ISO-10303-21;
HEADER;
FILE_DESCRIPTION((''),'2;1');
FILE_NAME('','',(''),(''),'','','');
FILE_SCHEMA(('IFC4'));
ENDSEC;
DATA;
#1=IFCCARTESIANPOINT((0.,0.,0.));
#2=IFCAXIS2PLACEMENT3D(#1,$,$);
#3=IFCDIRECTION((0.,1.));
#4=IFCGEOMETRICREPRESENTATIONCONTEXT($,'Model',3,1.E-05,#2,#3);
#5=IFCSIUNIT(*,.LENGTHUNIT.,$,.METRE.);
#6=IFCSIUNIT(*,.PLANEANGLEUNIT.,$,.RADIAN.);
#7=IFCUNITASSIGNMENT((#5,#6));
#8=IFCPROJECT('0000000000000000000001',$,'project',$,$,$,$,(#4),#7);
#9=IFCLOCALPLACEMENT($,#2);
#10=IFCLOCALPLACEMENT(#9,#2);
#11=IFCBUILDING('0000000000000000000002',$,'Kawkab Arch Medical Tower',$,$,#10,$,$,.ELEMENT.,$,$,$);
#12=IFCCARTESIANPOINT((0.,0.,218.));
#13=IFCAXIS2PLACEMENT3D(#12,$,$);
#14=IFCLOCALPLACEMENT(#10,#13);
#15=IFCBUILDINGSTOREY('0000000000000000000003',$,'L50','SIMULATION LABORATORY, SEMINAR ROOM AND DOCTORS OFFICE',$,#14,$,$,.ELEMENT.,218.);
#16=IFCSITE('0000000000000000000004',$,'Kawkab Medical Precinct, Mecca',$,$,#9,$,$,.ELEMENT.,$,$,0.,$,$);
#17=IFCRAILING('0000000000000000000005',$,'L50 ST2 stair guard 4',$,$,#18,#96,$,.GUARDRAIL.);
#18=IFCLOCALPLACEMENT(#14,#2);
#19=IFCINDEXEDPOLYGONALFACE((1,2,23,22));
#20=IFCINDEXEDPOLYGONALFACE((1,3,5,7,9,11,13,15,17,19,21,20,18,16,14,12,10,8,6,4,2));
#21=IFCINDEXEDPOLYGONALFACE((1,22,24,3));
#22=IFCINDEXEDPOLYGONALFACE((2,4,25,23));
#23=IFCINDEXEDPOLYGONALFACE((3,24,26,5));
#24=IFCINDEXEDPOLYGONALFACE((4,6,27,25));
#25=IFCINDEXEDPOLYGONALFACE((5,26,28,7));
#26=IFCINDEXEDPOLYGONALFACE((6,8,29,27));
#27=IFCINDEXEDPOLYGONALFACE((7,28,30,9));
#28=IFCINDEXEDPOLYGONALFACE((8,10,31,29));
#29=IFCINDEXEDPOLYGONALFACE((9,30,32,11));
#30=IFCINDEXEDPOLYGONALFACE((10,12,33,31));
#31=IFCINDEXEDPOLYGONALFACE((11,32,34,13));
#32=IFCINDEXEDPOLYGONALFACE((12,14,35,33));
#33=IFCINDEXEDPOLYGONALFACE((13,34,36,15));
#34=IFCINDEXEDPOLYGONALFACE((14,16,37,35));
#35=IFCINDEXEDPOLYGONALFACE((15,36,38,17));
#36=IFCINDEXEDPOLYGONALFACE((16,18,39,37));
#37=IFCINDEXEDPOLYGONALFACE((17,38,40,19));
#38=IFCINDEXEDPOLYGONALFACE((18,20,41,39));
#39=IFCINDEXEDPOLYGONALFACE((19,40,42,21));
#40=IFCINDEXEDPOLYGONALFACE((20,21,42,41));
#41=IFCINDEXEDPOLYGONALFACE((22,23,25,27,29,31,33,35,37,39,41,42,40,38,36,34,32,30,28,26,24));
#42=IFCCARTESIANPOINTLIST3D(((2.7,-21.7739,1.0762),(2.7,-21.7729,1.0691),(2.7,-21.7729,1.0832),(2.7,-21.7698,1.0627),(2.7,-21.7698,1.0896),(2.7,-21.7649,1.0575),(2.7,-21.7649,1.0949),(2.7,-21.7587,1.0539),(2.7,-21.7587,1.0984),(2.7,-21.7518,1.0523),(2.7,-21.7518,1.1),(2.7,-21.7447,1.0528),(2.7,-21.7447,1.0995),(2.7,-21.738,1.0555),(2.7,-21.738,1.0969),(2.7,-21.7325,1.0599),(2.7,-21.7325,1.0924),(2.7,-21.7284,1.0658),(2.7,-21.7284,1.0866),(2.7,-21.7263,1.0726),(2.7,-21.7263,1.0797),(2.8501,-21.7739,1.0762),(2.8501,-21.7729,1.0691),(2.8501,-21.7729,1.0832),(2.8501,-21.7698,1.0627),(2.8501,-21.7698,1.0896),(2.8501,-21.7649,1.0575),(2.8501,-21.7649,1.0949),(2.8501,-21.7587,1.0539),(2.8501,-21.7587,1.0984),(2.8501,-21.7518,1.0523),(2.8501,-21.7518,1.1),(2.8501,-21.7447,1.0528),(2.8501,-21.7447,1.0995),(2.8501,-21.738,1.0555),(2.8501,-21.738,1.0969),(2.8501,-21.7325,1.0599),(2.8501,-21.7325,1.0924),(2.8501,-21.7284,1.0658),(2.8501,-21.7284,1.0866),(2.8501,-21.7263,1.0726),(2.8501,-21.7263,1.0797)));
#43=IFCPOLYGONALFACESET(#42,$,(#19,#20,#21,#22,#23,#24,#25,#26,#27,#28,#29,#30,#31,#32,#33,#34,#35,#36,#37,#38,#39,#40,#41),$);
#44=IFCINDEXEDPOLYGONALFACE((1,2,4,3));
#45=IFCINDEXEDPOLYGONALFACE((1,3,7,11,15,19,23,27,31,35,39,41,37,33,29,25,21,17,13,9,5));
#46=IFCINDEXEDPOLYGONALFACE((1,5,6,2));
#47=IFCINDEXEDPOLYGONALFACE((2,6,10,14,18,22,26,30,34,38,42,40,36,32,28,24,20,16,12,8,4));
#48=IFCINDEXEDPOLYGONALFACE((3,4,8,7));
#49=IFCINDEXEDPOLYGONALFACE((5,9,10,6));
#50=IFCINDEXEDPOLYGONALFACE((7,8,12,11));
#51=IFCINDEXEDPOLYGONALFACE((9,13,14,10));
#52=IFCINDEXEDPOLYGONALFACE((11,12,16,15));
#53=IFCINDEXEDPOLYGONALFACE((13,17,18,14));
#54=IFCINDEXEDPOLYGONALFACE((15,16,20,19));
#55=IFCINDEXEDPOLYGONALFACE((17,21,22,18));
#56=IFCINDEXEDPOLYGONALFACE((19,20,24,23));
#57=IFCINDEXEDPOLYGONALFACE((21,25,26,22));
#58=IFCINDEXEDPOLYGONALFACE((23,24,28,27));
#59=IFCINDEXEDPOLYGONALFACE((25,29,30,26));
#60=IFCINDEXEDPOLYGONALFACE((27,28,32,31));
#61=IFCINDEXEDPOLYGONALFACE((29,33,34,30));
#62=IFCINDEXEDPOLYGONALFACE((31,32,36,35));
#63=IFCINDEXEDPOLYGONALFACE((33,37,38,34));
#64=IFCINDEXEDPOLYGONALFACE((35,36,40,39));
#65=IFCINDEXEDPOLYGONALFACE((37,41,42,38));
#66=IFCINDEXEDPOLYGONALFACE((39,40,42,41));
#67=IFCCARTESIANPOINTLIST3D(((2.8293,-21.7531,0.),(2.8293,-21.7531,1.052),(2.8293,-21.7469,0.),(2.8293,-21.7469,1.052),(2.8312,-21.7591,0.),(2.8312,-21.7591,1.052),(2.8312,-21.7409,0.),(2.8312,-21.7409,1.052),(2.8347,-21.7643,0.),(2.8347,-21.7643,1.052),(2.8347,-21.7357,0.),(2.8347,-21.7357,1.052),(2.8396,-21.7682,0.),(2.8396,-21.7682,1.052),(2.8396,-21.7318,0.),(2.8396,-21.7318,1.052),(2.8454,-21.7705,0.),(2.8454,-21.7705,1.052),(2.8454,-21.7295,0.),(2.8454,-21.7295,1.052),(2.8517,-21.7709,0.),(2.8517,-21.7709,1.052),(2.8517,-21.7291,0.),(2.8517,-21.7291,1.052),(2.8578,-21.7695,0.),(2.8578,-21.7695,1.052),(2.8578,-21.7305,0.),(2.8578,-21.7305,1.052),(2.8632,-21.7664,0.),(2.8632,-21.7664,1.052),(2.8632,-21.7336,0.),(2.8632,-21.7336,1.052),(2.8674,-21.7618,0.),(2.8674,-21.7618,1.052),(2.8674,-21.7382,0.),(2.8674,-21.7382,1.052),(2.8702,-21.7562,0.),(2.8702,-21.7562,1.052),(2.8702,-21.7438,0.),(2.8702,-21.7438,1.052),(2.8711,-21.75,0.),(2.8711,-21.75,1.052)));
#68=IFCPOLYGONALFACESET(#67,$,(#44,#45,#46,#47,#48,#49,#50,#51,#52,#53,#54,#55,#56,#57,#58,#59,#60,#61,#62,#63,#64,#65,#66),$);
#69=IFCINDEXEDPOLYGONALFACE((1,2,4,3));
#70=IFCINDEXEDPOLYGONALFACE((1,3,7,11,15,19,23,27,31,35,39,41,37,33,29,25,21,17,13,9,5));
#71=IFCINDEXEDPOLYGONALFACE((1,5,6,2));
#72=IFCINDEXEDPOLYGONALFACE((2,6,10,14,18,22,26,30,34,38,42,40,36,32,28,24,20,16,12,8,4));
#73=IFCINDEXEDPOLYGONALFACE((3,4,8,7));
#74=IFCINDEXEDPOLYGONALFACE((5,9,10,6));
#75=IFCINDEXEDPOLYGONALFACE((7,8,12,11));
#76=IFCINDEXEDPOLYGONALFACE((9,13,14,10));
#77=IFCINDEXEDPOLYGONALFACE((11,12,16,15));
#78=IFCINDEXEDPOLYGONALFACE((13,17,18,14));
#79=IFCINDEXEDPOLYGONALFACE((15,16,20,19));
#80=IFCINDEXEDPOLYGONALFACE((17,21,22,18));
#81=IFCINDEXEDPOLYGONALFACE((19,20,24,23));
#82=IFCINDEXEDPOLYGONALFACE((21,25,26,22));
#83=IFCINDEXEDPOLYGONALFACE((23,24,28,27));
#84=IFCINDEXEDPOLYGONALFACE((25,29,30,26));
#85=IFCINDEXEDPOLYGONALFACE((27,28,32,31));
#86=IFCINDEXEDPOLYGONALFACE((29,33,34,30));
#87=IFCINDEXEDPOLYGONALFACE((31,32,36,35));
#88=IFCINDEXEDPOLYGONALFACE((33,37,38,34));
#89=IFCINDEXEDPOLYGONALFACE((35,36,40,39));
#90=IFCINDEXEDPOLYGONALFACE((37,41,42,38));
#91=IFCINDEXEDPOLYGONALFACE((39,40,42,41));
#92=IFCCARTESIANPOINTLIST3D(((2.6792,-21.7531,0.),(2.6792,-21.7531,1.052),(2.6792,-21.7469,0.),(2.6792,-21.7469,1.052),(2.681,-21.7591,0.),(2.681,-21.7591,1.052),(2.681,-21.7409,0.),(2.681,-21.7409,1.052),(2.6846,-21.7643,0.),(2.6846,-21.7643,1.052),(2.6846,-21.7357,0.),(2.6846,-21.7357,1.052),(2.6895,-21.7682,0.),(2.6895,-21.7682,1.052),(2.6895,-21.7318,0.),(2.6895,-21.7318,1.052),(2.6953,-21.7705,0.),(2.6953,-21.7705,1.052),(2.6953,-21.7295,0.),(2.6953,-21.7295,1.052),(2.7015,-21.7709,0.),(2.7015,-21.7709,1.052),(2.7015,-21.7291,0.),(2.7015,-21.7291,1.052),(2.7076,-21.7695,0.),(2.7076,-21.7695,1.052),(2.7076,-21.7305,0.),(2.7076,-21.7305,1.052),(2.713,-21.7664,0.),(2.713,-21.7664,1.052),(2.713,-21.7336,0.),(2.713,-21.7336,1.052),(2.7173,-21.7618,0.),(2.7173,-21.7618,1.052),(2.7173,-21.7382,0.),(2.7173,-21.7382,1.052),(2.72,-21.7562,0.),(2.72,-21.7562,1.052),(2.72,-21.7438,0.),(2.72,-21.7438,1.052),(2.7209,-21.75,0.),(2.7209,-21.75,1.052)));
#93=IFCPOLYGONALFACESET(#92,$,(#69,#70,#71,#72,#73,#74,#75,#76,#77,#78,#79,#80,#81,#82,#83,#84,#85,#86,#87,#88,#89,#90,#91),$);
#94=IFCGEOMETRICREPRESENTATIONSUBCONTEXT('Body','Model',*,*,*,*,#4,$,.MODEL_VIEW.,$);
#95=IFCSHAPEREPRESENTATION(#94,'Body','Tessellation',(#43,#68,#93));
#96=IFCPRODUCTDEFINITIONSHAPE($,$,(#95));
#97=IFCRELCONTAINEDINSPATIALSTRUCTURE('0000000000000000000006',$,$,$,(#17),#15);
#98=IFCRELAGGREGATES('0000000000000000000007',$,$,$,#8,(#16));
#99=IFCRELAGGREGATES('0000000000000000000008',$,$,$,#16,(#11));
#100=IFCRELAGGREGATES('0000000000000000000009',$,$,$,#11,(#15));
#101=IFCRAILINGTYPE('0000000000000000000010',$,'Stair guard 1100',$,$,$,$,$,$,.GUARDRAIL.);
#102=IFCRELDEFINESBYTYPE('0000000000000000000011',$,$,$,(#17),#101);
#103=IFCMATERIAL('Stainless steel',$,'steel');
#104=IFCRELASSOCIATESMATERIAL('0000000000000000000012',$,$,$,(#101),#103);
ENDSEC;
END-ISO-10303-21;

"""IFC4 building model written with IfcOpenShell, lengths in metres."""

from ifc_helpers import new_model, si_unit, direction, frame, origin, origin_2d, place, context, subcontext, project, spatial, circle, extrude, material, type_object, element, save


model = new_model("IFC4")

# Units and contexts
model_context = context("Model", 3, precision=1e-05, world=origin(), true_north=direction((0.0, 1.0)))
body_context = subcontext(model_context, "Body", "Model", "MODEL_VIEW")
ifc_project = project(units=[si_unit("LENGTHUNIT", "METRE"), si_unit("PLANEANGLEUNIT", "RADIAN")], contexts=[model_context])

# Site, building, storey
site_placement = place(None, origin())
site = spatial("IfcSite", under=ifc_project, at=site_placement, Name="Kawkab Medical Precinct, Mecca", CompositionType="ELEMENT", RefElevation=0.0)
building_placement = place(site_placement, origin())
building = spatial("IfcBuilding", under=site, at=building_placement, Name="Kawkab Arch Medical Tower", CompositionType="ELEMENT")
storey_placement = place(building_placement, frame((0.0, 0.0, 218.0)))
storey = spatial("IfcBuildingStorey", under=building, at=storey_placement, Name="L50", Description="SIMULATION LABORATORY, SEMINAR ROOM AND DOCTORS OFFICE", CompositionType="ELEMENT", Elevation=218.0)

# Railing
ifc_material_1 = material(Name="Stainless steel", Category="steel")
railing_type = type_object("IfcRailingType", Name="Stair guard 1100", PredefinedType="GUARDRAIL", material=ifc_material_1)
railing_1_placement = place(storey_placement, frame((2.8501, -21.75, 0.0)))
element("IfcRailing", 1, at=railing_1_placement, inside=storey, type_object=railing_type, Name="L50 ST2 stair guard 4", PredefinedType="GUARDRAIL", context=body_context, shape_type="SweptSolid", body=[
    extrude(circle(Radius=0.0239, at=origin_2d()), frame((0.0, 0.0, 1.0762), z_axis=(-1.0, 0.0, 0.0), x_axis=(0.0, -1.0, 0.0)), (0.0, 0.0, 1.0), 0.1501),
    extrude(circle(Radius=0.021, at=origin_2d()), origin(), (0.0, 0.0, 1.0), 1.052),
    extrude(circle(Radius=0.021, at=origin_2d()), frame((-0.1501, 0.0, 0.0)), (0.0, 0.0, 1.0), 1.052),
])

save(model, "model.ifc")
